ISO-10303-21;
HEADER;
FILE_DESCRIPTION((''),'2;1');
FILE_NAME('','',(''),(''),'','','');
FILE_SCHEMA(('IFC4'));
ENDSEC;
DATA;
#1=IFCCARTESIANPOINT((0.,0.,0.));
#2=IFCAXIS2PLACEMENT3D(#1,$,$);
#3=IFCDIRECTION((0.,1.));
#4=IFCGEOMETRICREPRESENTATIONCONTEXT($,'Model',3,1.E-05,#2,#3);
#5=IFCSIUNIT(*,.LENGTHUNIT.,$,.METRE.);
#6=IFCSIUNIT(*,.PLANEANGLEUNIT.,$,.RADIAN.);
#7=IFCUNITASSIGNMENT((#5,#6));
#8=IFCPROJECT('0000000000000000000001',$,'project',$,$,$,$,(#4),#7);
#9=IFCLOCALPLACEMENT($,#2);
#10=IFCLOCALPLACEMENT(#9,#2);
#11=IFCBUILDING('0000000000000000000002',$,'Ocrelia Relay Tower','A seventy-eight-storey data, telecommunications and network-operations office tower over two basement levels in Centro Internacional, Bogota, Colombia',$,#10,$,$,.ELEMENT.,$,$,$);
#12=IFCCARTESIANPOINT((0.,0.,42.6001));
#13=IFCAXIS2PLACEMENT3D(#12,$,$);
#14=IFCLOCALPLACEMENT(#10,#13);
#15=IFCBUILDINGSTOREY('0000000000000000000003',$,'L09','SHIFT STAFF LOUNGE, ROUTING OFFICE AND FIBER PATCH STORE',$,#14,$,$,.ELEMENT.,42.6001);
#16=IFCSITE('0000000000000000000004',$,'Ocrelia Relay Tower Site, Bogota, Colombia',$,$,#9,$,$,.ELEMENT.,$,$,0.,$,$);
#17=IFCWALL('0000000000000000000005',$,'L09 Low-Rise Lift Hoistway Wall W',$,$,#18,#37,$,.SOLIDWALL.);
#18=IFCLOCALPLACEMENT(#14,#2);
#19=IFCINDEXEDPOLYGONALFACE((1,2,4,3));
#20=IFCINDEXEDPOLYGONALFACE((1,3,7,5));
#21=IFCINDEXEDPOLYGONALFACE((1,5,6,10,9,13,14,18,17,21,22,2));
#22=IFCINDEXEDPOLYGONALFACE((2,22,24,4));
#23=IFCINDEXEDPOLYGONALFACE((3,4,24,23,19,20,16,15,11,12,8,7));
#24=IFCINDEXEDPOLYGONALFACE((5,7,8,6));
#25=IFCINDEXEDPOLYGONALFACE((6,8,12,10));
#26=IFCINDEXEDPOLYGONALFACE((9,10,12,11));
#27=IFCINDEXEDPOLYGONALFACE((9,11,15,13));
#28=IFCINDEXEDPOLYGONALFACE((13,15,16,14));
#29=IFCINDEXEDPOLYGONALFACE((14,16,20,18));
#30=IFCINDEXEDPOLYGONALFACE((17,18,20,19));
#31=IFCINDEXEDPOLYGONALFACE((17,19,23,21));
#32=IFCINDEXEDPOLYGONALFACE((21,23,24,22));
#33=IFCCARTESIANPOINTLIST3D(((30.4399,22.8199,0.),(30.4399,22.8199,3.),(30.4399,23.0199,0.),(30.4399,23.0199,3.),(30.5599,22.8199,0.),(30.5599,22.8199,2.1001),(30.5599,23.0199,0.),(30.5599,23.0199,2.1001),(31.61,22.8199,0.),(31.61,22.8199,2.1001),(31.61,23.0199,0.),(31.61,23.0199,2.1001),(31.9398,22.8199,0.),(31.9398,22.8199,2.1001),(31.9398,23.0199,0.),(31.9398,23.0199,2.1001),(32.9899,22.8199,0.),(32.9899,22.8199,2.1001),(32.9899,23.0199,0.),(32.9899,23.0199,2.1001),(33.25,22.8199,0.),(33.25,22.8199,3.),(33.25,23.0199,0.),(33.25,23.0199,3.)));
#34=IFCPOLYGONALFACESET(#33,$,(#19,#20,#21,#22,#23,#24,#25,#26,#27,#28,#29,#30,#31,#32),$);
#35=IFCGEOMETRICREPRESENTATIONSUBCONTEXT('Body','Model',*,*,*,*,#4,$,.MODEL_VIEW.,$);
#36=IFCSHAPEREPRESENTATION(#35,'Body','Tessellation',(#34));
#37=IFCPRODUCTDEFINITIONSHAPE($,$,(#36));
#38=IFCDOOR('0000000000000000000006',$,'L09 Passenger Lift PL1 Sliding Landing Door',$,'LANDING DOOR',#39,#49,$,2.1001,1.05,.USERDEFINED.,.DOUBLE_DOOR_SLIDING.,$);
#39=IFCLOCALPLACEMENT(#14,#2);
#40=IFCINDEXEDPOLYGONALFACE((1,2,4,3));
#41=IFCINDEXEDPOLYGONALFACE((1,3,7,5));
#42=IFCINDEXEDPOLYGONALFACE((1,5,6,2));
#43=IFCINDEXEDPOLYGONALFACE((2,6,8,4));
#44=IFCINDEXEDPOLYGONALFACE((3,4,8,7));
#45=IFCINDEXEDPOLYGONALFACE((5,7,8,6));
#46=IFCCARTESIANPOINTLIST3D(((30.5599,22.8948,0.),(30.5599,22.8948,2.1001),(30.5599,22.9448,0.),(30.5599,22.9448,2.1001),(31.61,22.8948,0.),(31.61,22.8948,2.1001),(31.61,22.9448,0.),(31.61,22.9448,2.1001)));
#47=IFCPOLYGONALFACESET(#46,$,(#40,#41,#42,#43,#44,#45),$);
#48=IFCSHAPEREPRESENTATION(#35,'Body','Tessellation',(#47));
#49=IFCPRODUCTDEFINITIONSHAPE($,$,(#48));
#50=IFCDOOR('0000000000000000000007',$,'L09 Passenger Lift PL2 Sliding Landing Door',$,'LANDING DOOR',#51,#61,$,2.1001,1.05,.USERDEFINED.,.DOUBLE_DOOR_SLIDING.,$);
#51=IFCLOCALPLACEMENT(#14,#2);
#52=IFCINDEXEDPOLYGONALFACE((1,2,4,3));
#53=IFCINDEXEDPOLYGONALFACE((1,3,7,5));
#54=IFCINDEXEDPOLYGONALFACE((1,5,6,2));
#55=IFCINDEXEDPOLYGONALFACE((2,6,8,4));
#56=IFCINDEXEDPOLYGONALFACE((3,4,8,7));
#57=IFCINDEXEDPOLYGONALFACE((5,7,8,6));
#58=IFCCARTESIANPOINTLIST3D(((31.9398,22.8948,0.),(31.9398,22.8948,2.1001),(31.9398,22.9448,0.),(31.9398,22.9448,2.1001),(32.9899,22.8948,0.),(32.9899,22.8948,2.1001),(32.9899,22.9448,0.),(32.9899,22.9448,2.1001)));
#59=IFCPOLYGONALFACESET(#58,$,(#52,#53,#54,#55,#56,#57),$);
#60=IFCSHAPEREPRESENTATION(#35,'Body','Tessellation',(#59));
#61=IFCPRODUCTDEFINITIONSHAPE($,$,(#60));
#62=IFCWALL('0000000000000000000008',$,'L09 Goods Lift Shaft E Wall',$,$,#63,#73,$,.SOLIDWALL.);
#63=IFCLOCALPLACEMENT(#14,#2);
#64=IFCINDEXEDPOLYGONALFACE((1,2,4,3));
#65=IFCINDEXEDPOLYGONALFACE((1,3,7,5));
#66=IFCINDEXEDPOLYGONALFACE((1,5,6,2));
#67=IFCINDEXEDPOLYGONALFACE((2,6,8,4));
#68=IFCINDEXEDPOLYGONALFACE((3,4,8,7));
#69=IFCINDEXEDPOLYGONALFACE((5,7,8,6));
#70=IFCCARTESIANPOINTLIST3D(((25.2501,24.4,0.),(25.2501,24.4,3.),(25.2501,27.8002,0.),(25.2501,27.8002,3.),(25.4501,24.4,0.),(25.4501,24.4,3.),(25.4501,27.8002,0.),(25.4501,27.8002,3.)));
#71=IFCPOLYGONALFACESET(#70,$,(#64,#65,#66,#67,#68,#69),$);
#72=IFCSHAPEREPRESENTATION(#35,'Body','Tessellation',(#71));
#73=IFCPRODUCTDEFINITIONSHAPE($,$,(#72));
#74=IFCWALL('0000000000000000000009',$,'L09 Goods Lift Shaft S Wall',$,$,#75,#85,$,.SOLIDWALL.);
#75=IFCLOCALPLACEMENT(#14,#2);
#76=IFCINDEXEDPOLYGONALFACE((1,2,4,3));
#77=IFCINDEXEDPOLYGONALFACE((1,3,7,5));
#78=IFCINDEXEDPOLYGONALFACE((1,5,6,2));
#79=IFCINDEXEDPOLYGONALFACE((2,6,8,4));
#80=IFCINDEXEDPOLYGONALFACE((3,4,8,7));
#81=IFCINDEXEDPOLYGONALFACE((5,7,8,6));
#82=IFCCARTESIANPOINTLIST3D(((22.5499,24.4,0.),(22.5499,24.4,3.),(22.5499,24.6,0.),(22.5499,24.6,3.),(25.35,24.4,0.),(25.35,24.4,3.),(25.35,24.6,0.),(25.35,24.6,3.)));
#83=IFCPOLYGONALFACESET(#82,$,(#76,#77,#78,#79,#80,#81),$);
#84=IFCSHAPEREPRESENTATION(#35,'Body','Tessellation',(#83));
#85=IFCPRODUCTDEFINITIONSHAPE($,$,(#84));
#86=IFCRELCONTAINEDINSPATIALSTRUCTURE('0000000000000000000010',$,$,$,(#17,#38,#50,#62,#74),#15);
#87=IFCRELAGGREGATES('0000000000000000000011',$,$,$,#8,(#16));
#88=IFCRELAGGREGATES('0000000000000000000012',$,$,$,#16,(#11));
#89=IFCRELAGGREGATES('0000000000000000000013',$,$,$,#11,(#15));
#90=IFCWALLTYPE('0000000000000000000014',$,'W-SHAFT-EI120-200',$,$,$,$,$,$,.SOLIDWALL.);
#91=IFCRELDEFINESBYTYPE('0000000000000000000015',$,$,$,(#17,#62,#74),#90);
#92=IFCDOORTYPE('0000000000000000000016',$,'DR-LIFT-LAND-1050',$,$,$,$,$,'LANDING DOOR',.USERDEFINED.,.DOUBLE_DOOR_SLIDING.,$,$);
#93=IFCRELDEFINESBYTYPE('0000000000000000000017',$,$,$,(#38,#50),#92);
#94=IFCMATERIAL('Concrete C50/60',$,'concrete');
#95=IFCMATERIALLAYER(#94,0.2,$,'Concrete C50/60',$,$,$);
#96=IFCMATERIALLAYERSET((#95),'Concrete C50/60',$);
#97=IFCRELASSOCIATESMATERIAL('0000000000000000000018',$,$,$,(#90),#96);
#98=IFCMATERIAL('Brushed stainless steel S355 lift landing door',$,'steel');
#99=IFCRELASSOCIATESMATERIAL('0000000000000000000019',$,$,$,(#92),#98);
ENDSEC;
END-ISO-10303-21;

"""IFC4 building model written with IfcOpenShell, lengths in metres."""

from ifc_helpers import new_model, si_unit, direction, frame, frame_2d, origin, place, context, subcontext, project, spatial, rectangle, extrude, material, layer, layer_set, type_object, element, fill, save


model = new_model("IFC4")

# Units and contexts
model_context = context("Model", 3, precision=1e-05, world=origin(), true_north=direction((0.0, 1.0)))
body_context = subcontext(model_context, "Body", "Model", "MODEL_VIEW")
ifc_project = project(units=[si_unit("LENGTHUNIT", "METRE"), si_unit("PLANEANGLEUNIT", "RADIAN")], contexts=[model_context])

# Site, building, storey
site_placement = place(None, origin())
site = spatial("IfcSite", under=ifc_project, at=site_placement, Name="Ocrelia Relay Tower Site, Bogota, Colombia", CompositionType="ELEMENT", RefElevation=0.0)
building_placement = place(site_placement, origin())
building = spatial("IfcBuilding", under=site, at=building_placement, Name="Ocrelia Relay Tower", Description="A seventy-eight-storey data, telecommunications and network-operations office tower over two basement levels in Centro Internacional, Bogota, Colombia", CompositionType="ELEMENT")
storey_placement = place(building_placement, frame((0.0, 0.0, 42.6001)))
storey = spatial("IfcBuildingStorey", under=building, at=storey_placement, Name="L09", Description="SHIFT STAFF LOUNGE, ROUTING OFFICE AND FIBER PATCH STORE", CompositionType="ELEMENT", Elevation=42.6001)

# Wall, openings, doors
ifc_material_1 = material(Name="Concrete C50/60", Category="concrete")
ifc_layer_1 = layer(ifc_material_1, 0.2, Name="Concrete C50/60")
ifc_layer_set_1 = layer_set([ifc_layer_1], Name="Concrete C50/60")
wall_type_1 = type_object("IfcWallType", Name="W-SHAFT-EI120-200", PredefinedType="SOLIDWALL", material=ifc_layer_set_1)
wall_1_placement = place(storey_placement, frame((30.4399, 22.9199, 0.0), z_axis=(0.0, 0.0, 1.0), x_axis=(1.0, 0.0, 0.0)))
wall_1 = element("IfcWall", 1, at=wall_1_placement, inside=storey, type_object=wall_type_1, Name="L09 Low-Rise Lift Hoistway Wall W", PredefinedType="SOLIDWALL", context=body_context, shape_type="SweptSolid", body=[
    extrude(rectangle(XDim=2.8101, YDim=0.2, at=frame_2d((1.405, 0.0))), origin(), (0.0, 0.0, 1.0), 3.0),
])
opening_1_placement = place(wall_1_placement, frame((0.1201, 0.0, 0.0)))
opening_1 = element("IfcOpeningElement", 2, at=opening_1_placement, cuts=wall_1, PredefinedType="OPENING", context=body_context, shape_type="SweptSolid", body=[
    extrude(rectangle(XDim=1.05, YDim=2.1001, at=frame_2d((0.5249, 1.05))), frame((0.0, 0.1099, 0.0), z_axis=(0.0, -1.0, 0.0), x_axis=(1.0, 0.0, 0.0)), (0.0, 0.0, 1.0), 0.22),
])
opening_2_placement = place(wall_1_placement, frame((1.5, 0.0, 0.0)))
opening_2 = element("IfcOpeningElement", 3, at=opening_2_placement, cuts=wall_1, PredefinedType="OPENING", context=body_context, shape_type="SweptSolid", body=[
    extrude(rectangle(XDim=1.05, YDim=2.1001, at=frame_2d((0.5249, 1.05))), frame((0.0, 0.1099, 0.0), z_axis=(0.0, -1.0, 0.0), x_axis=(1.0, 0.0, 0.0)), (0.0, 0.0, 1.0), 0.22),
])
ifc_material_2 = material(Name="Brushed stainless steel S355 lift landing door", Category="steel")
door_type_1 = type_object("IfcDoorType", Name="DR-LIFT-LAND-1050", ElementType="LANDING DOOR", OperationType="DOUBLE_DOOR_SLIDING", PredefinedType="USERDEFINED", material=ifc_material_2)
door_1_placement = place(opening_1_placement, origin())
door_1 = element("IfcDoor", 4, at=door_1_placement, inside=storey, type_object=door_type_1, Name="L09 Passenger Lift PL1 Sliding Landing Door", ObjectType="LANDING DOOR", OperationType="DOUBLE_DOOR_SLIDING", OverallHeight=2.1001, OverallWidth=1.05, PredefinedType="USERDEFINED", context=body_context, shape_type="SweptSolid", body=[
    extrude(rectangle(XDim=1.05, YDim=2.1001, at=frame_2d((0.5249, 1.05))), frame((0.0, 0.0249, 0.0), z_axis=(0.0, -1.0, 0.0), x_axis=(1.0, 0.0, 0.0)), (0.0, 0.0, 1.0), 0.05),
])
fill(opening_1, door_1)
door_2_placement = place(opening_2_placement, origin())
door_2 = element("IfcDoor", 5, at=door_2_placement, inside=storey, type_object=door_type_1, Name="L09 Passenger Lift PL2 Sliding Landing Door", ObjectType="LANDING DOOR", OperationType="DOUBLE_DOOR_SLIDING", OverallHeight=2.1001, OverallWidth=1.05, PredefinedType="USERDEFINED", context=body_context, shape_type="SweptSolid", body=[
    extrude(rectangle(XDim=1.05, YDim=2.1001, at=frame_2d((0.5249, 1.05))), frame((0.0, 0.0249, 0.0), z_axis=(0.0, -1.0, 0.0), x_axis=(1.0, 0.0, 0.0)), (0.0, 0.0, 1.0), 0.05),
])
fill(opening_2, door_2)

# Walls
wall_2_placement = place(storey_placement, frame((25.3501, 24.3999, 0.0), z_axis=(0.0, 0.0, 1.0), x_axis=(0.0, 1.0, 0.0)))
element("IfcWall", 6, at=wall_2_placement, inside=storey, type_object=wall_type_1, Name="L09 Goods Lift Shaft E Wall", PredefinedType="SOLIDWALL", context=body_context, shape_type="SweptSolid", body=[
    extrude(rectangle(XDim=3.4001, YDim=0.2, at=frame_2d((1.7002, 0.0))), origin(), (0.0, 0.0, 1.0), 3.0),
])
wall_3_placement = place(storey_placement, frame((22.55, 24.5, 0.0), z_axis=(0.0, 0.0, 1.0), x_axis=(1.0, 0.0, 0.0)))
element("IfcWall", 7, at=wall_3_placement, inside=storey, type_object=wall_type_1, Name="L09 Goods Lift Shaft S Wall", PredefinedType="SOLIDWALL", context=body_context, shape_type="SweptSolid", body=[
    extrude(rectangle(XDim=2.8, YDim=0.2, at=frame_2d((1.3999, 0.0))), origin(), (0.0, 0.0, 1.0), 3.0),
])

save(model, "model.ifc")
